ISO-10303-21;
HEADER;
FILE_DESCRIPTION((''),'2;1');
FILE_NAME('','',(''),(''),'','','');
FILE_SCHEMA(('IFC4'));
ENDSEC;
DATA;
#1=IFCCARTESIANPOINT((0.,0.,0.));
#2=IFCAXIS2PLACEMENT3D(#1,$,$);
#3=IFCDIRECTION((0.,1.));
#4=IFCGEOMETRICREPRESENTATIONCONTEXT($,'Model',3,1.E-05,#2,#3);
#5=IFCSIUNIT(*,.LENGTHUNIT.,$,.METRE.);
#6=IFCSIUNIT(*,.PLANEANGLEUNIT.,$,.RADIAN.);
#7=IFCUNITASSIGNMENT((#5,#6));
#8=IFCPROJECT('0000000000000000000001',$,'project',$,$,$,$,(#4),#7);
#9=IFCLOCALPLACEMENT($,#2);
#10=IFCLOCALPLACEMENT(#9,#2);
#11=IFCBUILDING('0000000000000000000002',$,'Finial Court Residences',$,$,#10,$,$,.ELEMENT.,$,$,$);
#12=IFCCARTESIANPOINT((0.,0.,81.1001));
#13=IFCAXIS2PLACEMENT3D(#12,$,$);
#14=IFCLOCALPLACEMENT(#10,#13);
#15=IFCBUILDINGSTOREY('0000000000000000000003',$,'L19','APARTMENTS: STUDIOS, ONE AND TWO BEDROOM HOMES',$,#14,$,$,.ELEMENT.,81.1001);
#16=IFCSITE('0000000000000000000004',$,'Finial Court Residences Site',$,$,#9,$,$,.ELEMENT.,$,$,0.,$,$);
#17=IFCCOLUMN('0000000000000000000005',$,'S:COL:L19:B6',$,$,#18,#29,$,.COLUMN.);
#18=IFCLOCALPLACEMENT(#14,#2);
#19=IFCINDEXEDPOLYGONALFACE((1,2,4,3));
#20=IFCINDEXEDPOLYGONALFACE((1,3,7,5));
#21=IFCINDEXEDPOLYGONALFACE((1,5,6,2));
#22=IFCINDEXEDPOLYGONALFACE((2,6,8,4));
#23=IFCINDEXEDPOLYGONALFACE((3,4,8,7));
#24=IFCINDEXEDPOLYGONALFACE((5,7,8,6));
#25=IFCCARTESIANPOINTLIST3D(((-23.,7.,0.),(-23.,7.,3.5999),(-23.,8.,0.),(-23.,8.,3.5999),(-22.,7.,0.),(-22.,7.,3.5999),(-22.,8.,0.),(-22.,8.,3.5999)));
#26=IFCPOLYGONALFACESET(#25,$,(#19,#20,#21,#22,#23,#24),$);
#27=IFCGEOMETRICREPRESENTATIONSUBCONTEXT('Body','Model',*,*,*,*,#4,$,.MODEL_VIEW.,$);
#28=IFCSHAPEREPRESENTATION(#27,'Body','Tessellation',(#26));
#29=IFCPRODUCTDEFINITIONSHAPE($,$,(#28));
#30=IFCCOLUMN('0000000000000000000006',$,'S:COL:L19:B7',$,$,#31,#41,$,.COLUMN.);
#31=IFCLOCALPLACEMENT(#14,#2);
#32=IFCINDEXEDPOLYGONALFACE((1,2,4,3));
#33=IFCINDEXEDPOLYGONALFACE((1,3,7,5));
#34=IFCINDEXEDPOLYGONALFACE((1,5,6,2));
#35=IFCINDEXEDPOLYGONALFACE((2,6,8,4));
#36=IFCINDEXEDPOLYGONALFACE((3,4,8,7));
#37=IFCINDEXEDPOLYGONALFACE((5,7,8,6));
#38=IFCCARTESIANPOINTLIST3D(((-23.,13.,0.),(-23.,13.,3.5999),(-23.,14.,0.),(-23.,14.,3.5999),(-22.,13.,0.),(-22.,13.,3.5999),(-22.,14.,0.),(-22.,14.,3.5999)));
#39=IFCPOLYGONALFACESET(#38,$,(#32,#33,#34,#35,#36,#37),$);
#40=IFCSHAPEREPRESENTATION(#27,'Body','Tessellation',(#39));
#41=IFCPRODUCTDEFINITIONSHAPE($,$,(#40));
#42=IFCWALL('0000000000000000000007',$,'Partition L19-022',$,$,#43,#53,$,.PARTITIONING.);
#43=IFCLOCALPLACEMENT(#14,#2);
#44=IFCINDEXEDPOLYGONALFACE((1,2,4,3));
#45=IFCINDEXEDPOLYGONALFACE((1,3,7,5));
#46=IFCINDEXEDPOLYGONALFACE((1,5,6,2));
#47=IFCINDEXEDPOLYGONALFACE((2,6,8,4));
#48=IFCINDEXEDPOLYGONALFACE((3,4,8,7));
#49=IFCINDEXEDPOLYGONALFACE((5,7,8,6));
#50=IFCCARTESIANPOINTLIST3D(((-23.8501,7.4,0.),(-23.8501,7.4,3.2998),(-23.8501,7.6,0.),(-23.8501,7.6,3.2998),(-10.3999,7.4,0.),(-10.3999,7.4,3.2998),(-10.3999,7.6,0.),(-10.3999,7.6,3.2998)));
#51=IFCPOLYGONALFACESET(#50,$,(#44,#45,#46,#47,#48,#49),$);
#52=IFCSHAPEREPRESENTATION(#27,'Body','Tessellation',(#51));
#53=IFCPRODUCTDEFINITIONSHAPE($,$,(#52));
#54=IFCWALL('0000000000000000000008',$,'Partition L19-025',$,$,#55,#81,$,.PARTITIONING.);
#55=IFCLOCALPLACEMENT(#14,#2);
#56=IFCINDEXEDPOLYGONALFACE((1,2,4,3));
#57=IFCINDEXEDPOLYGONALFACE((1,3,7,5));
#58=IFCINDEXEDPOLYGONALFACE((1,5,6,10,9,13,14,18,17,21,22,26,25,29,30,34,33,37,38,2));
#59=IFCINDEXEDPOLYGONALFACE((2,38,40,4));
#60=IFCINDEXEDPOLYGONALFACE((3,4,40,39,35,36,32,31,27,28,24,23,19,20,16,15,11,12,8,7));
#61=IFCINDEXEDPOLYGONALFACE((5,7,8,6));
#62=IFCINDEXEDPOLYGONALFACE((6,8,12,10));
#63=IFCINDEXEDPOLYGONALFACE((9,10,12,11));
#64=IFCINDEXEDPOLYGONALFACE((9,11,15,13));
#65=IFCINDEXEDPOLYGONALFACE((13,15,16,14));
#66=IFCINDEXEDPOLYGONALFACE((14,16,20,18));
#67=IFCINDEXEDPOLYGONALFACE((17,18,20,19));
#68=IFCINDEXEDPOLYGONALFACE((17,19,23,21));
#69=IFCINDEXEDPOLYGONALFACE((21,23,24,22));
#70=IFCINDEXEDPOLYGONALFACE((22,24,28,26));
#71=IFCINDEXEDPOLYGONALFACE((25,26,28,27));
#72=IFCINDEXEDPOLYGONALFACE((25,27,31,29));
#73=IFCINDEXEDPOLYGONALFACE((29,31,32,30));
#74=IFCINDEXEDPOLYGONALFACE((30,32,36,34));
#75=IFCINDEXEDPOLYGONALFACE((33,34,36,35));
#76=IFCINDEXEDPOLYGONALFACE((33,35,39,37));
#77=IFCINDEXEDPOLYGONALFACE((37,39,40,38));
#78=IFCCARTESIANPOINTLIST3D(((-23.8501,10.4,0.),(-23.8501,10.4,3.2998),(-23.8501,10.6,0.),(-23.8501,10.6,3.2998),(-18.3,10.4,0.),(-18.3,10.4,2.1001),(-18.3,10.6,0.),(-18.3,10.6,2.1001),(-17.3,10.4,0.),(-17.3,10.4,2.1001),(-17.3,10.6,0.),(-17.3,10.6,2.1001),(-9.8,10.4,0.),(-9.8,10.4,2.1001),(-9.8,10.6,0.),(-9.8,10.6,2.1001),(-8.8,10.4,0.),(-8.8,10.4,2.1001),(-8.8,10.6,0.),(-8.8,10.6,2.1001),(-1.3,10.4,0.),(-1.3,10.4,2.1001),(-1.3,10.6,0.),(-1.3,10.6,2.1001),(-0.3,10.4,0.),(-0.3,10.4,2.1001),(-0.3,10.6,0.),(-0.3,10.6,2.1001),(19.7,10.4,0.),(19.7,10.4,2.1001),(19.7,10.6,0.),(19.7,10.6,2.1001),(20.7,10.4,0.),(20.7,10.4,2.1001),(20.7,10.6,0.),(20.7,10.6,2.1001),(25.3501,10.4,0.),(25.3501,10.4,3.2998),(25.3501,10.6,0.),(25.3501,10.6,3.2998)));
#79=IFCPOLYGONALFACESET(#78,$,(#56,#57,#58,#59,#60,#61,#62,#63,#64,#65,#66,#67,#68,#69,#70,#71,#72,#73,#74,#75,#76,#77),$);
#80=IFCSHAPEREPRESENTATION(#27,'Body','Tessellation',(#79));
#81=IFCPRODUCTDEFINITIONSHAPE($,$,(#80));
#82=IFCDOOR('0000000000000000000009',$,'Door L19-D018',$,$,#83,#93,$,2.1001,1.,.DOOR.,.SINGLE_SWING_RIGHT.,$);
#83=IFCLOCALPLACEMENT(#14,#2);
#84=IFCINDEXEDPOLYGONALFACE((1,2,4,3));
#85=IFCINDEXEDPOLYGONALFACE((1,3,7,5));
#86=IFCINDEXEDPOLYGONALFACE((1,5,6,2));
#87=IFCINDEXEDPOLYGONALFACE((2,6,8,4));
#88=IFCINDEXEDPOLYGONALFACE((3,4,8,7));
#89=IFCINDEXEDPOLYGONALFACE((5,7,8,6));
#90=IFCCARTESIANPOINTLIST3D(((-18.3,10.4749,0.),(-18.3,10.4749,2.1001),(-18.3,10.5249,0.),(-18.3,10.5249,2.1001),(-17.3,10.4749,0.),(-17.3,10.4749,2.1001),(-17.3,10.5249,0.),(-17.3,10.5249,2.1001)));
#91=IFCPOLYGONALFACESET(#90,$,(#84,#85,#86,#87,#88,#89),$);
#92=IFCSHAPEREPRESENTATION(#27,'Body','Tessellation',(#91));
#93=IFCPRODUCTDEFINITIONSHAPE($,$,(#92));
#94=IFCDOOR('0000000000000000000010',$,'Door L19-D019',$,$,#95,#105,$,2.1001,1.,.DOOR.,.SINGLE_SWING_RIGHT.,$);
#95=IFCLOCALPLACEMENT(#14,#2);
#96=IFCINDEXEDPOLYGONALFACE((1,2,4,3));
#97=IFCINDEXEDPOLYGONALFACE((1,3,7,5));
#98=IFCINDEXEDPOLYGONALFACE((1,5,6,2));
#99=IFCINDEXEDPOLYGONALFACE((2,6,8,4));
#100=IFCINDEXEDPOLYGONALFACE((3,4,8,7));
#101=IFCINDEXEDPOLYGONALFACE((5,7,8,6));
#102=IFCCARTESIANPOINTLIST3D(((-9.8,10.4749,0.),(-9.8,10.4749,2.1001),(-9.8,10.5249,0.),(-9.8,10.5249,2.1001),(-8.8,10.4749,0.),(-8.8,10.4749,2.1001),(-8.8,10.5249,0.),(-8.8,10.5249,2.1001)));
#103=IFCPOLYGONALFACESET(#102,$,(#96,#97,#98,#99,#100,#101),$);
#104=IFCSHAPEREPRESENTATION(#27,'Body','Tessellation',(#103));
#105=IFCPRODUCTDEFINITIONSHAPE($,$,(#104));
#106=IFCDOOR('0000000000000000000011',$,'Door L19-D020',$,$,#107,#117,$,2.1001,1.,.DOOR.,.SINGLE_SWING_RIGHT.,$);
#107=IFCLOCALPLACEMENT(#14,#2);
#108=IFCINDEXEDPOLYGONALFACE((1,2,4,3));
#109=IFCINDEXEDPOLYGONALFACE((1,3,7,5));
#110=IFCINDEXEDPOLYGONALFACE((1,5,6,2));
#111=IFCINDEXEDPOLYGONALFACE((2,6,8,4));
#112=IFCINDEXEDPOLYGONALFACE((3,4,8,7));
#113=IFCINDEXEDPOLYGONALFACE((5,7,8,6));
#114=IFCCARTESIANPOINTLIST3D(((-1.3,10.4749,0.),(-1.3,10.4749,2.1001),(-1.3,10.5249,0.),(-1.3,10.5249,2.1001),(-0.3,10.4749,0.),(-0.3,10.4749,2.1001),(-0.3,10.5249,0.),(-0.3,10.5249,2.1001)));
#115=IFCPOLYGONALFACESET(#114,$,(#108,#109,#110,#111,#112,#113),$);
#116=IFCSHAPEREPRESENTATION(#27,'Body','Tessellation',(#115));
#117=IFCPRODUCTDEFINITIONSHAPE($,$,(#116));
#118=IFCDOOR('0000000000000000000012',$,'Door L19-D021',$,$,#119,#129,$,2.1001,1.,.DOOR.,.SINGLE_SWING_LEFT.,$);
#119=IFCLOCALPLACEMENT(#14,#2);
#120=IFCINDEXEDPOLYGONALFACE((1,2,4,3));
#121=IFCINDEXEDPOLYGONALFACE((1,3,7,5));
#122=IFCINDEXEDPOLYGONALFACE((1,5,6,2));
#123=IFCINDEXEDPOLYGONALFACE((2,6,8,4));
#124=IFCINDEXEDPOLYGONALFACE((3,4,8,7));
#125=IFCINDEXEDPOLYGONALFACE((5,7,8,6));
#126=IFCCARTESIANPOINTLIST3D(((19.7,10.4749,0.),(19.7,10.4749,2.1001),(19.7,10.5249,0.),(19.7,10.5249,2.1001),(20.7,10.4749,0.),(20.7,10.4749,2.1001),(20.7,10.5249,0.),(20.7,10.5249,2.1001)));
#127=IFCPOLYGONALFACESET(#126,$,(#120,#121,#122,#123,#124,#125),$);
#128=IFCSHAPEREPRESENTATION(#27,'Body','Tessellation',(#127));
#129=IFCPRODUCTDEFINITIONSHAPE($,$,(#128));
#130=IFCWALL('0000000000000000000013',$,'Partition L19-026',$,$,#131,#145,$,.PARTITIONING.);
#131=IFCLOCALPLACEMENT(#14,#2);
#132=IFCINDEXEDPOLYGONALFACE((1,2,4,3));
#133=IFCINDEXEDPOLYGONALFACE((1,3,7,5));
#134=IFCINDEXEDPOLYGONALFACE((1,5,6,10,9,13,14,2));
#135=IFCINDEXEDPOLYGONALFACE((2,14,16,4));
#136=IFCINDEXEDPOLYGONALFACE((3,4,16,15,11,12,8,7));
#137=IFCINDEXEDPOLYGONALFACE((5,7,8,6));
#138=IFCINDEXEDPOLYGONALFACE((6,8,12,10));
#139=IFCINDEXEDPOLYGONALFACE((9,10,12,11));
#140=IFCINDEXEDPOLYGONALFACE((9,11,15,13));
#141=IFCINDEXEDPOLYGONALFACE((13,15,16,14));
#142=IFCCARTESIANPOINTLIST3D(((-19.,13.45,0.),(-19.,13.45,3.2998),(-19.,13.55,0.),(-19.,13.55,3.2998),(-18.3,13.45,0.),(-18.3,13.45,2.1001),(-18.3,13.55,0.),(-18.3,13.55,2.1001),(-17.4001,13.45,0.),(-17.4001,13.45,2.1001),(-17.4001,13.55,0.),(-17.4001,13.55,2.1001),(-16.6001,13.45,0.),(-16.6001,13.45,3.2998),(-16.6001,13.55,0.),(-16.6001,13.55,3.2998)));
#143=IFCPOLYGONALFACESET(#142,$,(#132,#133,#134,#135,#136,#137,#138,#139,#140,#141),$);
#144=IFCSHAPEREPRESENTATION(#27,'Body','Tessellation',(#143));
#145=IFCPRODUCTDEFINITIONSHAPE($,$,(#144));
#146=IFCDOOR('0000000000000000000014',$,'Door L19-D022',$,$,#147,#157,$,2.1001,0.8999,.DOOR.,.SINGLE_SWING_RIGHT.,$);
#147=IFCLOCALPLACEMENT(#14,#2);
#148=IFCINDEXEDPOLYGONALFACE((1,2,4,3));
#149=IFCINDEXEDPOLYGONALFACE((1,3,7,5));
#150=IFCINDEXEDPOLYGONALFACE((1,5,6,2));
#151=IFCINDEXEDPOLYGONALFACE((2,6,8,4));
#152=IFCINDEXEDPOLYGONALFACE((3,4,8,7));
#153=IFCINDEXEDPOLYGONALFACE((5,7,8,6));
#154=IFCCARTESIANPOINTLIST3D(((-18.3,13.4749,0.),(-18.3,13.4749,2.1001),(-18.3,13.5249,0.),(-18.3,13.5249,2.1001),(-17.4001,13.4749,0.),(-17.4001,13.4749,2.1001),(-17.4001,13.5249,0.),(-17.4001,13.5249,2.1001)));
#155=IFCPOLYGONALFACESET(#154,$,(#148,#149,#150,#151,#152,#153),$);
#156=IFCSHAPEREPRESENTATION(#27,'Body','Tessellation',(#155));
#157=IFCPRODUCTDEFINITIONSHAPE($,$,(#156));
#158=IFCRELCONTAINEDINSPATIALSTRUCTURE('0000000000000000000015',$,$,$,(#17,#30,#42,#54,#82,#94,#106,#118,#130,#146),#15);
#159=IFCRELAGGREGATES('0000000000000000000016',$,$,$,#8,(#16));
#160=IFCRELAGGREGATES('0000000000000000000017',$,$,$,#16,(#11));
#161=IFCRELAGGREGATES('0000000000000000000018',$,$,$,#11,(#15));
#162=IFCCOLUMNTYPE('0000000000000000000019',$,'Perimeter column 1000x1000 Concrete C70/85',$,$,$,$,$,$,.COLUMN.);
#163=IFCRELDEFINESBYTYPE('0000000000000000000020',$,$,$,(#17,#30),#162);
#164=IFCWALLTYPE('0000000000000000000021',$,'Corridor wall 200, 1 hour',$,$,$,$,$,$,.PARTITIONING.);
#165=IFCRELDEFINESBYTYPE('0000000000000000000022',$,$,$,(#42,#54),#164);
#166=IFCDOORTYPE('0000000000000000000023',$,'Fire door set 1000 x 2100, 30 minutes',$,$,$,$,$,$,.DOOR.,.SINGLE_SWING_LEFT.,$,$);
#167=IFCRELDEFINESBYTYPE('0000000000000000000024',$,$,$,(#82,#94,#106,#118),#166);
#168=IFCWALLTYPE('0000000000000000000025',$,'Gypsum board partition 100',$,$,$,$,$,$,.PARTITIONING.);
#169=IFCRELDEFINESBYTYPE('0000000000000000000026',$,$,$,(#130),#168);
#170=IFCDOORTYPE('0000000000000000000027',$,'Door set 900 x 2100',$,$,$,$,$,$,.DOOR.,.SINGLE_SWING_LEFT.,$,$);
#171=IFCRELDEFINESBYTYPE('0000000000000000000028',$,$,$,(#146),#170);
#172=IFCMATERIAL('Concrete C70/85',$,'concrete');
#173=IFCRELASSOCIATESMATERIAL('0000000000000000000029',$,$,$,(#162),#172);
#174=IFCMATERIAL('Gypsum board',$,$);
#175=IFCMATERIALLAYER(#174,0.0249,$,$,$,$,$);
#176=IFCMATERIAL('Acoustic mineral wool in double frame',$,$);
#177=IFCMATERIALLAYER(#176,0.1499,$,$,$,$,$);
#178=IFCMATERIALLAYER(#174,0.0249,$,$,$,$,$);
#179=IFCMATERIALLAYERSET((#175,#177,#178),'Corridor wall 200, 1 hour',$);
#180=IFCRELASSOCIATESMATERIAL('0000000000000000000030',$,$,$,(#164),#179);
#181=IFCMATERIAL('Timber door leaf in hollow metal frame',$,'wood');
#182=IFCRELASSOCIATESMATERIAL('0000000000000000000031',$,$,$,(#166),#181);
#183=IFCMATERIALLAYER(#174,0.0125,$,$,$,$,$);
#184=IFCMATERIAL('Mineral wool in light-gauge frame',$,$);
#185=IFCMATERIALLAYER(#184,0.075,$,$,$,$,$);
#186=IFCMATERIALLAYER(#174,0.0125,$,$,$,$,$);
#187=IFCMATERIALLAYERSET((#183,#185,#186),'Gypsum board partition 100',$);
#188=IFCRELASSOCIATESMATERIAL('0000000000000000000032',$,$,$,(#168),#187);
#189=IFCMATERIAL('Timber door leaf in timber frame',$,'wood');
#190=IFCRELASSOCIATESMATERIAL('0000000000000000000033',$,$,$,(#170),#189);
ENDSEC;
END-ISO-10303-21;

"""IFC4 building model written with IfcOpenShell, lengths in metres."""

from ifc_helpers import new_model, si_unit, direction, frame, frame_2d, origin, origin_2d, place, context, subcontext, project, spatial, rectangle, extrude, material, layer, layer_set, material_profile, profile_set, type_object, element, fill, save


model = new_model("IFC4")

# Units and contexts
model_context = context("Model", 3, precision=1e-05, world=origin(), true_north=direction((0.0, 1.0)))
body_context = subcontext(model_context, "Body", "Model", "MODEL_VIEW")
ifc_project = project(units=[si_unit("LENGTHUNIT", "METRE"), si_unit("PLANEANGLEUNIT", "RADIAN")], contexts=[model_context])

# Site, building, storey
site_placement = place(None, origin())
site = spatial("IfcSite", under=ifc_project, at=site_placement, Name="Finial Court Residences Site", CompositionType="ELEMENT", RefElevation=0.0)
building_placement = place(site_placement, origin())
building = spatial("IfcBuilding", under=site, at=building_placement, Name="Finial Court Residences", CompositionType="ELEMENT")
storey_placement = place(building_placement, frame((0.0, 0.0, 81.1001)))
storey = spatial("IfcBuildingStorey", under=building, at=storey_placement, Name="L19", Description="APARTMENTS: STUDIOS, ONE AND TWO BEDROOM HOMES", CompositionType="ELEMENT", Elevation=81.1001)

# Columns
ifc_material_1 = material(Name="Concrete C70/85", Category="concrete")
ifc_material_profile = material_profile(ifc_material_1, rectangle(XDim=1.0, YDim=1.0, at=origin_2d()), Name="1000x1000")
ifc_profile_set = profile_set([ifc_material_profile], Name="Concrete C70/85")
column_type = type_object("IfcColumnType", Name="Perimeter column 1000x1000 Concrete C70/85", PredefinedType="COLUMN", material=ifc_profile_set)
for number, where, z_axis, x_axis, name in (
    (1, (-22.5, 7.5, 0.0), (0.0, 0.0, 1.0), (1.0, 0.0, 0.0), "S:COL:L19:B6"),
    (2, (-22.5, 13.5, 0.0), (0.0, 0.0, 1.0), (1.0, 0.0, 0.0), "S:COL:L19:B7"),
):
    element("IfcColumn", number, at=place(storey_placement, frame(where, z_axis=z_axis, x_axis=x_axis)), inside=storey, type_object=column_type, Name=name, PredefinedType="COLUMN", context=body_context, shape_type="SweptSolid", body=[
        extrude(rectangle(XDim=1.0, YDim=1.0, at=origin_2d()), origin(), (0.0, 0.0, 1.0), 3.5999),
    ])

# Wall
ifc_material_2 = material(Name="Gypsum board")
ifc_layer_1 = layer(ifc_material_2, 0.0249)
ifc_material_3 = material(Name="Acoustic mineral wool in double frame")
ifc_layer_2 = layer(ifc_material_3, 0.1499)
ifc_layer_3 = layer(ifc_material_2, 0.0249)
ifc_layer_set_1 = layer_set([ifc_layer_1, ifc_layer_2, ifc_layer_3], Name="Corridor wall 200, 1 hour")
wall_type_1 = type_object("IfcWallType", Name="Corridor wall 200, 1 hour", PredefinedType="PARTITIONING", material=ifc_layer_set_1)
wall_1_placement = place(storey_placement, frame((-23.8501, 7.5, 0.0), z_axis=(0.0, 0.0, 1.0), x_axis=(1.0, 0.0, 0.0)))
element("IfcWall", 3, at=wall_1_placement, inside=storey, type_object=wall_type_1, Name="Partition L19-022", PredefinedType="PARTITIONING", context=body_context, shape_type="SweptSolid", body=[
    extrude(rectangle(XDim=13.4502, YDim=0.2, at=frame_2d((6.7251, 0.0))), origin(), (0.0, 0.0, 1.0), 3.2998),
])

# Wall, openings, doors
wall_2_placement = place(storey_placement, frame((-23.8501, 10.5, 0.0), z_axis=(0.0, 0.0, 1.0), x_axis=(1.0, 0.0, 0.0)))
wall_2 = element("IfcWall", 4, at=wall_2_placement, inside=storey, type_object=wall_type_1, Name="Partition L19-025", PredefinedType="PARTITIONING", context=body_context, shape_type="SweptSolid", body=[
    extrude(rectangle(XDim=49.2002, YDim=0.2, at=frame_2d((24.6001, 0.0))), origin(), (0.0, 0.0, 1.0), 3.2998),
])
opening_1_placement = place(wall_2_placement, frame((5.55, 0.0, 0.0)))
opening_1 = element("IfcOpeningElement", 5, at=opening_1_placement, cuts=wall_2, PredefinedType="OPENING", context=body_context, shape_type="SweptSolid", body=[
    extrude(rectangle(XDim=1.0, YDim=2.1001, at=frame_2d((0.5, 1.05))), frame((0.0, 0.1099, 0.0), z_axis=(0.0, -1.0, 0.0), x_axis=(1.0, 0.0, 0.0)), (0.0, 0.0, 1.0), 0.22),
])
opening_2_placement = place(wall_2_placement, frame((14.05, 0.0, 0.0)))
opening_2 = element("IfcOpeningElement", 6, at=opening_2_placement, cuts=wall_2, PredefinedType="OPENING", context=body_context, shape_type="SweptSolid", body=[
    extrude(rectangle(XDim=1.0, YDim=2.1001, at=frame_2d((0.5, 1.05))), frame((0.0, 0.1099, 0.0), z_axis=(0.0, -1.0, 0.0), x_axis=(1.0, 0.0, 0.0)), (0.0, 0.0, 1.0), 0.22),
])
opening_3_placement = place(wall_2_placement, frame((22.55, 0.0, 0.0)))
opening_3 = element("IfcOpeningElement", 7, at=opening_3_placement, cuts=wall_2, PredefinedType="OPENING", context=body_context, shape_type="SweptSolid", body=[
    extrude(rectangle(XDim=1.0, YDim=2.1001, at=frame_2d((0.5, 1.05))), frame((0.0, 0.1099, 0.0), z_axis=(0.0, -1.0, 0.0), x_axis=(1.0, 0.0, 0.0)), (0.0, 0.0, 1.0), 0.22),
])
opening_4_placement = place(wall_2_placement, frame((43.55, 0.0, 0.0)))
opening_4 = element("IfcOpeningElement", 8, at=opening_4_placement, cuts=wall_2, PredefinedType="OPENING", context=body_context, shape_type="SweptSolid", body=[
    extrude(rectangle(XDim=1.0, YDim=2.1001, at=frame_2d((0.5, 1.05))), frame((0.0, 0.1099, 0.0), z_axis=(0.0, -1.0, 0.0), x_axis=(1.0, 0.0, 0.0)), (0.0, 0.0, 1.0), 0.22),
])
ifc_material_4 = material(Name="Timber door leaf in hollow metal frame", Category="wood")
door_type_1 = type_object("IfcDoorType", Name="Fire door set 1000 x 2100, 30 minutes", OperationType="SINGLE_SWING_LEFT", PredefinedType="DOOR", material=ifc_material_4)
door_1_placement = place(opening_1_placement, origin())
door_1 = element("IfcDoor", 9, at=door_1_placement, inside=storey, type_object=door_type_1, Name="Door L19-D018", OperationType="SINGLE_SWING_RIGHT", OverallHeight=2.1001, OverallWidth=1.0, PredefinedType="DOOR", context=body_context, shape_type="SweptSolid", body=[
    extrude(rectangle(XDim=1.0, YDim=2.1001, at=frame_2d((0.5, 1.05))), frame((0.0, 0.0249, 0.0), z_axis=(0.0, -1.0, 0.0), x_axis=(1.0, 0.0, 0.0)), (0.0, 0.0, 1.0), 0.05),
])
fill(opening_1, door_1)
door_2_placement = place(opening_2_placement, origin())
door_2 = element("IfcDoor", 10, at=door_2_placement, inside=storey, type_object=door_type_1, Name="Door L19-D019", OperationType="SINGLE_SWING_RIGHT", OverallHeight=2.1001, OverallWidth=1.0, PredefinedType="DOOR", context=body_context, shape_type="SweptSolid", body=[
    extrude(rectangle(XDim=1.0, YDim=2.1001, at=frame_2d((0.5, 1.05))), frame((0.0, 0.0249, 0.0), z_axis=(0.0, -1.0, 0.0), x_axis=(1.0, 0.0, 0.0)), (0.0, 0.0, 1.0), 0.05),
])
fill(opening_2, door_2)
door_3_placement = place(opening_3_placement, origin())
door_3 = element("IfcDoor", 11, at=door_3_placement, inside=storey, type_object=door_type_1, Name="Door L19-D020", OperationType="SINGLE_SWING_RIGHT", OverallHeight=2.1001, OverallWidth=1.0, PredefinedType="DOOR", context=body_context, shape_type="SweptSolid", body=[
    extrude(rectangle(XDim=1.0, YDim=2.1001, at=frame_2d((0.5, 1.05))), frame((0.0, 0.0249, 0.0), z_axis=(0.0, -1.0, 0.0), x_axis=(1.0, 0.0, 0.0)), (0.0, 0.0, 1.0), 0.05),
])
fill(opening_3, door_3)
door_4_placement = place(opening_4_placement, origin())
door_4 = element("IfcDoor", 12, at=door_4_placement, inside=storey, type_object=door_type_1, Name="Door L19-D021", OperationType="SINGLE_SWING_LEFT", OverallHeight=2.1001, OverallWidth=1.0, PredefinedType="DOOR", context=body_context, shape_type="SweptSolid", body=[
    extrude(rectangle(XDim=1.0, YDim=2.1001, at=frame_2d((0.5, 1.05))), frame((0.0, 0.0249, 0.0), z_axis=(0.0, -1.0, 0.0), x_axis=(1.0, 0.0, 0.0)), (0.0, 0.0, 1.0), 0.05),
])
fill(opening_4, door_4)

# Wall, opening, door
ifc_layer_4 = layer(ifc_material_2, 0.0125)
ifc_material_5 = material(Name="Mineral wool in light-gauge frame")
ifc_layer_5 = layer(ifc_material_5, 0.075)
ifc_layer_6 = layer(ifc_material_2, 0.0125)
ifc_layer_set_2 = layer_set([ifc_layer_4, ifc_layer_5, ifc_layer_6], Name="Gypsum board partition 100")
wall_type_2 = type_object("IfcWallType", Name="Gypsum board partition 100", PredefinedType="PARTITIONING", material=ifc_layer_set_2)
wall_3_placement = place(storey_placement, frame((-19.0, 13.5, 0.0), z_axis=(0.0, 0.0, 1.0), x_axis=(1.0, 0.0, 0.0)))
wall_3 = element("IfcWall", 13, at=wall_3_placement, inside=storey, type_object=wall_type_2, Name="Partition L19-026", PredefinedType="PARTITIONING", context=body_context, shape_type="SweptSolid", body=[
    extrude(rectangle(XDim=2.3999, YDim=0.1001, at=frame_2d((1.2, 0.0))), origin(), (0.0, 0.0, 1.0), 3.2998),
])
opening_5_placement = place(wall_3_placement, frame((0.7, 0.0, 0.0)))
opening_5 = element("IfcOpeningElement", 14, at=opening_5_placement, cuts=wall_3, PredefinedType="OPENING", context=body_context, shape_type="SweptSolid", body=[
    extrude(rectangle(XDim=0.8999, YDim=2.1001, at=frame_2d((0.45, 1.05))), frame((0.0, 0.0601, 0.0), z_axis=(0.0, -1.0, 0.0), x_axis=(1.0, 0.0, 0.0)), (0.0, 0.0, 1.0), 0.1201),
])
ifc_material_6 = material(Name="Timber door leaf in timber frame", Category="wood")
door_type_2 = type_object("IfcDoorType", Name="Door set 900 x 2100", OperationType="SINGLE_SWING_LEFT", PredefinedType="DOOR", material=ifc_material_6)
door_5_placement = place(opening_5_placement, origin())
door_5 = element("IfcDoor", 15, at=door_5_placement, inside=storey, type_object=door_type_2, Name="Door L19-D022", OperationType="SINGLE_SWING_RIGHT", OverallHeight=2.1001, OverallWidth=0.8999, PredefinedType="DOOR", context=body_context, shape_type="SweptSolid", body=[
    extrude(rectangle(XDim=0.8999, YDim=2.1001, at=frame_2d((0.45, 1.05))), frame((0.0, 0.0249, 0.0), z_axis=(0.0, -1.0, 0.0), x_axis=(1.0, 0.0, 0.0)), (0.0, 0.0, 1.0), 0.05),
])
fill(opening_5, door_5)

save(model, "model.ifc")
